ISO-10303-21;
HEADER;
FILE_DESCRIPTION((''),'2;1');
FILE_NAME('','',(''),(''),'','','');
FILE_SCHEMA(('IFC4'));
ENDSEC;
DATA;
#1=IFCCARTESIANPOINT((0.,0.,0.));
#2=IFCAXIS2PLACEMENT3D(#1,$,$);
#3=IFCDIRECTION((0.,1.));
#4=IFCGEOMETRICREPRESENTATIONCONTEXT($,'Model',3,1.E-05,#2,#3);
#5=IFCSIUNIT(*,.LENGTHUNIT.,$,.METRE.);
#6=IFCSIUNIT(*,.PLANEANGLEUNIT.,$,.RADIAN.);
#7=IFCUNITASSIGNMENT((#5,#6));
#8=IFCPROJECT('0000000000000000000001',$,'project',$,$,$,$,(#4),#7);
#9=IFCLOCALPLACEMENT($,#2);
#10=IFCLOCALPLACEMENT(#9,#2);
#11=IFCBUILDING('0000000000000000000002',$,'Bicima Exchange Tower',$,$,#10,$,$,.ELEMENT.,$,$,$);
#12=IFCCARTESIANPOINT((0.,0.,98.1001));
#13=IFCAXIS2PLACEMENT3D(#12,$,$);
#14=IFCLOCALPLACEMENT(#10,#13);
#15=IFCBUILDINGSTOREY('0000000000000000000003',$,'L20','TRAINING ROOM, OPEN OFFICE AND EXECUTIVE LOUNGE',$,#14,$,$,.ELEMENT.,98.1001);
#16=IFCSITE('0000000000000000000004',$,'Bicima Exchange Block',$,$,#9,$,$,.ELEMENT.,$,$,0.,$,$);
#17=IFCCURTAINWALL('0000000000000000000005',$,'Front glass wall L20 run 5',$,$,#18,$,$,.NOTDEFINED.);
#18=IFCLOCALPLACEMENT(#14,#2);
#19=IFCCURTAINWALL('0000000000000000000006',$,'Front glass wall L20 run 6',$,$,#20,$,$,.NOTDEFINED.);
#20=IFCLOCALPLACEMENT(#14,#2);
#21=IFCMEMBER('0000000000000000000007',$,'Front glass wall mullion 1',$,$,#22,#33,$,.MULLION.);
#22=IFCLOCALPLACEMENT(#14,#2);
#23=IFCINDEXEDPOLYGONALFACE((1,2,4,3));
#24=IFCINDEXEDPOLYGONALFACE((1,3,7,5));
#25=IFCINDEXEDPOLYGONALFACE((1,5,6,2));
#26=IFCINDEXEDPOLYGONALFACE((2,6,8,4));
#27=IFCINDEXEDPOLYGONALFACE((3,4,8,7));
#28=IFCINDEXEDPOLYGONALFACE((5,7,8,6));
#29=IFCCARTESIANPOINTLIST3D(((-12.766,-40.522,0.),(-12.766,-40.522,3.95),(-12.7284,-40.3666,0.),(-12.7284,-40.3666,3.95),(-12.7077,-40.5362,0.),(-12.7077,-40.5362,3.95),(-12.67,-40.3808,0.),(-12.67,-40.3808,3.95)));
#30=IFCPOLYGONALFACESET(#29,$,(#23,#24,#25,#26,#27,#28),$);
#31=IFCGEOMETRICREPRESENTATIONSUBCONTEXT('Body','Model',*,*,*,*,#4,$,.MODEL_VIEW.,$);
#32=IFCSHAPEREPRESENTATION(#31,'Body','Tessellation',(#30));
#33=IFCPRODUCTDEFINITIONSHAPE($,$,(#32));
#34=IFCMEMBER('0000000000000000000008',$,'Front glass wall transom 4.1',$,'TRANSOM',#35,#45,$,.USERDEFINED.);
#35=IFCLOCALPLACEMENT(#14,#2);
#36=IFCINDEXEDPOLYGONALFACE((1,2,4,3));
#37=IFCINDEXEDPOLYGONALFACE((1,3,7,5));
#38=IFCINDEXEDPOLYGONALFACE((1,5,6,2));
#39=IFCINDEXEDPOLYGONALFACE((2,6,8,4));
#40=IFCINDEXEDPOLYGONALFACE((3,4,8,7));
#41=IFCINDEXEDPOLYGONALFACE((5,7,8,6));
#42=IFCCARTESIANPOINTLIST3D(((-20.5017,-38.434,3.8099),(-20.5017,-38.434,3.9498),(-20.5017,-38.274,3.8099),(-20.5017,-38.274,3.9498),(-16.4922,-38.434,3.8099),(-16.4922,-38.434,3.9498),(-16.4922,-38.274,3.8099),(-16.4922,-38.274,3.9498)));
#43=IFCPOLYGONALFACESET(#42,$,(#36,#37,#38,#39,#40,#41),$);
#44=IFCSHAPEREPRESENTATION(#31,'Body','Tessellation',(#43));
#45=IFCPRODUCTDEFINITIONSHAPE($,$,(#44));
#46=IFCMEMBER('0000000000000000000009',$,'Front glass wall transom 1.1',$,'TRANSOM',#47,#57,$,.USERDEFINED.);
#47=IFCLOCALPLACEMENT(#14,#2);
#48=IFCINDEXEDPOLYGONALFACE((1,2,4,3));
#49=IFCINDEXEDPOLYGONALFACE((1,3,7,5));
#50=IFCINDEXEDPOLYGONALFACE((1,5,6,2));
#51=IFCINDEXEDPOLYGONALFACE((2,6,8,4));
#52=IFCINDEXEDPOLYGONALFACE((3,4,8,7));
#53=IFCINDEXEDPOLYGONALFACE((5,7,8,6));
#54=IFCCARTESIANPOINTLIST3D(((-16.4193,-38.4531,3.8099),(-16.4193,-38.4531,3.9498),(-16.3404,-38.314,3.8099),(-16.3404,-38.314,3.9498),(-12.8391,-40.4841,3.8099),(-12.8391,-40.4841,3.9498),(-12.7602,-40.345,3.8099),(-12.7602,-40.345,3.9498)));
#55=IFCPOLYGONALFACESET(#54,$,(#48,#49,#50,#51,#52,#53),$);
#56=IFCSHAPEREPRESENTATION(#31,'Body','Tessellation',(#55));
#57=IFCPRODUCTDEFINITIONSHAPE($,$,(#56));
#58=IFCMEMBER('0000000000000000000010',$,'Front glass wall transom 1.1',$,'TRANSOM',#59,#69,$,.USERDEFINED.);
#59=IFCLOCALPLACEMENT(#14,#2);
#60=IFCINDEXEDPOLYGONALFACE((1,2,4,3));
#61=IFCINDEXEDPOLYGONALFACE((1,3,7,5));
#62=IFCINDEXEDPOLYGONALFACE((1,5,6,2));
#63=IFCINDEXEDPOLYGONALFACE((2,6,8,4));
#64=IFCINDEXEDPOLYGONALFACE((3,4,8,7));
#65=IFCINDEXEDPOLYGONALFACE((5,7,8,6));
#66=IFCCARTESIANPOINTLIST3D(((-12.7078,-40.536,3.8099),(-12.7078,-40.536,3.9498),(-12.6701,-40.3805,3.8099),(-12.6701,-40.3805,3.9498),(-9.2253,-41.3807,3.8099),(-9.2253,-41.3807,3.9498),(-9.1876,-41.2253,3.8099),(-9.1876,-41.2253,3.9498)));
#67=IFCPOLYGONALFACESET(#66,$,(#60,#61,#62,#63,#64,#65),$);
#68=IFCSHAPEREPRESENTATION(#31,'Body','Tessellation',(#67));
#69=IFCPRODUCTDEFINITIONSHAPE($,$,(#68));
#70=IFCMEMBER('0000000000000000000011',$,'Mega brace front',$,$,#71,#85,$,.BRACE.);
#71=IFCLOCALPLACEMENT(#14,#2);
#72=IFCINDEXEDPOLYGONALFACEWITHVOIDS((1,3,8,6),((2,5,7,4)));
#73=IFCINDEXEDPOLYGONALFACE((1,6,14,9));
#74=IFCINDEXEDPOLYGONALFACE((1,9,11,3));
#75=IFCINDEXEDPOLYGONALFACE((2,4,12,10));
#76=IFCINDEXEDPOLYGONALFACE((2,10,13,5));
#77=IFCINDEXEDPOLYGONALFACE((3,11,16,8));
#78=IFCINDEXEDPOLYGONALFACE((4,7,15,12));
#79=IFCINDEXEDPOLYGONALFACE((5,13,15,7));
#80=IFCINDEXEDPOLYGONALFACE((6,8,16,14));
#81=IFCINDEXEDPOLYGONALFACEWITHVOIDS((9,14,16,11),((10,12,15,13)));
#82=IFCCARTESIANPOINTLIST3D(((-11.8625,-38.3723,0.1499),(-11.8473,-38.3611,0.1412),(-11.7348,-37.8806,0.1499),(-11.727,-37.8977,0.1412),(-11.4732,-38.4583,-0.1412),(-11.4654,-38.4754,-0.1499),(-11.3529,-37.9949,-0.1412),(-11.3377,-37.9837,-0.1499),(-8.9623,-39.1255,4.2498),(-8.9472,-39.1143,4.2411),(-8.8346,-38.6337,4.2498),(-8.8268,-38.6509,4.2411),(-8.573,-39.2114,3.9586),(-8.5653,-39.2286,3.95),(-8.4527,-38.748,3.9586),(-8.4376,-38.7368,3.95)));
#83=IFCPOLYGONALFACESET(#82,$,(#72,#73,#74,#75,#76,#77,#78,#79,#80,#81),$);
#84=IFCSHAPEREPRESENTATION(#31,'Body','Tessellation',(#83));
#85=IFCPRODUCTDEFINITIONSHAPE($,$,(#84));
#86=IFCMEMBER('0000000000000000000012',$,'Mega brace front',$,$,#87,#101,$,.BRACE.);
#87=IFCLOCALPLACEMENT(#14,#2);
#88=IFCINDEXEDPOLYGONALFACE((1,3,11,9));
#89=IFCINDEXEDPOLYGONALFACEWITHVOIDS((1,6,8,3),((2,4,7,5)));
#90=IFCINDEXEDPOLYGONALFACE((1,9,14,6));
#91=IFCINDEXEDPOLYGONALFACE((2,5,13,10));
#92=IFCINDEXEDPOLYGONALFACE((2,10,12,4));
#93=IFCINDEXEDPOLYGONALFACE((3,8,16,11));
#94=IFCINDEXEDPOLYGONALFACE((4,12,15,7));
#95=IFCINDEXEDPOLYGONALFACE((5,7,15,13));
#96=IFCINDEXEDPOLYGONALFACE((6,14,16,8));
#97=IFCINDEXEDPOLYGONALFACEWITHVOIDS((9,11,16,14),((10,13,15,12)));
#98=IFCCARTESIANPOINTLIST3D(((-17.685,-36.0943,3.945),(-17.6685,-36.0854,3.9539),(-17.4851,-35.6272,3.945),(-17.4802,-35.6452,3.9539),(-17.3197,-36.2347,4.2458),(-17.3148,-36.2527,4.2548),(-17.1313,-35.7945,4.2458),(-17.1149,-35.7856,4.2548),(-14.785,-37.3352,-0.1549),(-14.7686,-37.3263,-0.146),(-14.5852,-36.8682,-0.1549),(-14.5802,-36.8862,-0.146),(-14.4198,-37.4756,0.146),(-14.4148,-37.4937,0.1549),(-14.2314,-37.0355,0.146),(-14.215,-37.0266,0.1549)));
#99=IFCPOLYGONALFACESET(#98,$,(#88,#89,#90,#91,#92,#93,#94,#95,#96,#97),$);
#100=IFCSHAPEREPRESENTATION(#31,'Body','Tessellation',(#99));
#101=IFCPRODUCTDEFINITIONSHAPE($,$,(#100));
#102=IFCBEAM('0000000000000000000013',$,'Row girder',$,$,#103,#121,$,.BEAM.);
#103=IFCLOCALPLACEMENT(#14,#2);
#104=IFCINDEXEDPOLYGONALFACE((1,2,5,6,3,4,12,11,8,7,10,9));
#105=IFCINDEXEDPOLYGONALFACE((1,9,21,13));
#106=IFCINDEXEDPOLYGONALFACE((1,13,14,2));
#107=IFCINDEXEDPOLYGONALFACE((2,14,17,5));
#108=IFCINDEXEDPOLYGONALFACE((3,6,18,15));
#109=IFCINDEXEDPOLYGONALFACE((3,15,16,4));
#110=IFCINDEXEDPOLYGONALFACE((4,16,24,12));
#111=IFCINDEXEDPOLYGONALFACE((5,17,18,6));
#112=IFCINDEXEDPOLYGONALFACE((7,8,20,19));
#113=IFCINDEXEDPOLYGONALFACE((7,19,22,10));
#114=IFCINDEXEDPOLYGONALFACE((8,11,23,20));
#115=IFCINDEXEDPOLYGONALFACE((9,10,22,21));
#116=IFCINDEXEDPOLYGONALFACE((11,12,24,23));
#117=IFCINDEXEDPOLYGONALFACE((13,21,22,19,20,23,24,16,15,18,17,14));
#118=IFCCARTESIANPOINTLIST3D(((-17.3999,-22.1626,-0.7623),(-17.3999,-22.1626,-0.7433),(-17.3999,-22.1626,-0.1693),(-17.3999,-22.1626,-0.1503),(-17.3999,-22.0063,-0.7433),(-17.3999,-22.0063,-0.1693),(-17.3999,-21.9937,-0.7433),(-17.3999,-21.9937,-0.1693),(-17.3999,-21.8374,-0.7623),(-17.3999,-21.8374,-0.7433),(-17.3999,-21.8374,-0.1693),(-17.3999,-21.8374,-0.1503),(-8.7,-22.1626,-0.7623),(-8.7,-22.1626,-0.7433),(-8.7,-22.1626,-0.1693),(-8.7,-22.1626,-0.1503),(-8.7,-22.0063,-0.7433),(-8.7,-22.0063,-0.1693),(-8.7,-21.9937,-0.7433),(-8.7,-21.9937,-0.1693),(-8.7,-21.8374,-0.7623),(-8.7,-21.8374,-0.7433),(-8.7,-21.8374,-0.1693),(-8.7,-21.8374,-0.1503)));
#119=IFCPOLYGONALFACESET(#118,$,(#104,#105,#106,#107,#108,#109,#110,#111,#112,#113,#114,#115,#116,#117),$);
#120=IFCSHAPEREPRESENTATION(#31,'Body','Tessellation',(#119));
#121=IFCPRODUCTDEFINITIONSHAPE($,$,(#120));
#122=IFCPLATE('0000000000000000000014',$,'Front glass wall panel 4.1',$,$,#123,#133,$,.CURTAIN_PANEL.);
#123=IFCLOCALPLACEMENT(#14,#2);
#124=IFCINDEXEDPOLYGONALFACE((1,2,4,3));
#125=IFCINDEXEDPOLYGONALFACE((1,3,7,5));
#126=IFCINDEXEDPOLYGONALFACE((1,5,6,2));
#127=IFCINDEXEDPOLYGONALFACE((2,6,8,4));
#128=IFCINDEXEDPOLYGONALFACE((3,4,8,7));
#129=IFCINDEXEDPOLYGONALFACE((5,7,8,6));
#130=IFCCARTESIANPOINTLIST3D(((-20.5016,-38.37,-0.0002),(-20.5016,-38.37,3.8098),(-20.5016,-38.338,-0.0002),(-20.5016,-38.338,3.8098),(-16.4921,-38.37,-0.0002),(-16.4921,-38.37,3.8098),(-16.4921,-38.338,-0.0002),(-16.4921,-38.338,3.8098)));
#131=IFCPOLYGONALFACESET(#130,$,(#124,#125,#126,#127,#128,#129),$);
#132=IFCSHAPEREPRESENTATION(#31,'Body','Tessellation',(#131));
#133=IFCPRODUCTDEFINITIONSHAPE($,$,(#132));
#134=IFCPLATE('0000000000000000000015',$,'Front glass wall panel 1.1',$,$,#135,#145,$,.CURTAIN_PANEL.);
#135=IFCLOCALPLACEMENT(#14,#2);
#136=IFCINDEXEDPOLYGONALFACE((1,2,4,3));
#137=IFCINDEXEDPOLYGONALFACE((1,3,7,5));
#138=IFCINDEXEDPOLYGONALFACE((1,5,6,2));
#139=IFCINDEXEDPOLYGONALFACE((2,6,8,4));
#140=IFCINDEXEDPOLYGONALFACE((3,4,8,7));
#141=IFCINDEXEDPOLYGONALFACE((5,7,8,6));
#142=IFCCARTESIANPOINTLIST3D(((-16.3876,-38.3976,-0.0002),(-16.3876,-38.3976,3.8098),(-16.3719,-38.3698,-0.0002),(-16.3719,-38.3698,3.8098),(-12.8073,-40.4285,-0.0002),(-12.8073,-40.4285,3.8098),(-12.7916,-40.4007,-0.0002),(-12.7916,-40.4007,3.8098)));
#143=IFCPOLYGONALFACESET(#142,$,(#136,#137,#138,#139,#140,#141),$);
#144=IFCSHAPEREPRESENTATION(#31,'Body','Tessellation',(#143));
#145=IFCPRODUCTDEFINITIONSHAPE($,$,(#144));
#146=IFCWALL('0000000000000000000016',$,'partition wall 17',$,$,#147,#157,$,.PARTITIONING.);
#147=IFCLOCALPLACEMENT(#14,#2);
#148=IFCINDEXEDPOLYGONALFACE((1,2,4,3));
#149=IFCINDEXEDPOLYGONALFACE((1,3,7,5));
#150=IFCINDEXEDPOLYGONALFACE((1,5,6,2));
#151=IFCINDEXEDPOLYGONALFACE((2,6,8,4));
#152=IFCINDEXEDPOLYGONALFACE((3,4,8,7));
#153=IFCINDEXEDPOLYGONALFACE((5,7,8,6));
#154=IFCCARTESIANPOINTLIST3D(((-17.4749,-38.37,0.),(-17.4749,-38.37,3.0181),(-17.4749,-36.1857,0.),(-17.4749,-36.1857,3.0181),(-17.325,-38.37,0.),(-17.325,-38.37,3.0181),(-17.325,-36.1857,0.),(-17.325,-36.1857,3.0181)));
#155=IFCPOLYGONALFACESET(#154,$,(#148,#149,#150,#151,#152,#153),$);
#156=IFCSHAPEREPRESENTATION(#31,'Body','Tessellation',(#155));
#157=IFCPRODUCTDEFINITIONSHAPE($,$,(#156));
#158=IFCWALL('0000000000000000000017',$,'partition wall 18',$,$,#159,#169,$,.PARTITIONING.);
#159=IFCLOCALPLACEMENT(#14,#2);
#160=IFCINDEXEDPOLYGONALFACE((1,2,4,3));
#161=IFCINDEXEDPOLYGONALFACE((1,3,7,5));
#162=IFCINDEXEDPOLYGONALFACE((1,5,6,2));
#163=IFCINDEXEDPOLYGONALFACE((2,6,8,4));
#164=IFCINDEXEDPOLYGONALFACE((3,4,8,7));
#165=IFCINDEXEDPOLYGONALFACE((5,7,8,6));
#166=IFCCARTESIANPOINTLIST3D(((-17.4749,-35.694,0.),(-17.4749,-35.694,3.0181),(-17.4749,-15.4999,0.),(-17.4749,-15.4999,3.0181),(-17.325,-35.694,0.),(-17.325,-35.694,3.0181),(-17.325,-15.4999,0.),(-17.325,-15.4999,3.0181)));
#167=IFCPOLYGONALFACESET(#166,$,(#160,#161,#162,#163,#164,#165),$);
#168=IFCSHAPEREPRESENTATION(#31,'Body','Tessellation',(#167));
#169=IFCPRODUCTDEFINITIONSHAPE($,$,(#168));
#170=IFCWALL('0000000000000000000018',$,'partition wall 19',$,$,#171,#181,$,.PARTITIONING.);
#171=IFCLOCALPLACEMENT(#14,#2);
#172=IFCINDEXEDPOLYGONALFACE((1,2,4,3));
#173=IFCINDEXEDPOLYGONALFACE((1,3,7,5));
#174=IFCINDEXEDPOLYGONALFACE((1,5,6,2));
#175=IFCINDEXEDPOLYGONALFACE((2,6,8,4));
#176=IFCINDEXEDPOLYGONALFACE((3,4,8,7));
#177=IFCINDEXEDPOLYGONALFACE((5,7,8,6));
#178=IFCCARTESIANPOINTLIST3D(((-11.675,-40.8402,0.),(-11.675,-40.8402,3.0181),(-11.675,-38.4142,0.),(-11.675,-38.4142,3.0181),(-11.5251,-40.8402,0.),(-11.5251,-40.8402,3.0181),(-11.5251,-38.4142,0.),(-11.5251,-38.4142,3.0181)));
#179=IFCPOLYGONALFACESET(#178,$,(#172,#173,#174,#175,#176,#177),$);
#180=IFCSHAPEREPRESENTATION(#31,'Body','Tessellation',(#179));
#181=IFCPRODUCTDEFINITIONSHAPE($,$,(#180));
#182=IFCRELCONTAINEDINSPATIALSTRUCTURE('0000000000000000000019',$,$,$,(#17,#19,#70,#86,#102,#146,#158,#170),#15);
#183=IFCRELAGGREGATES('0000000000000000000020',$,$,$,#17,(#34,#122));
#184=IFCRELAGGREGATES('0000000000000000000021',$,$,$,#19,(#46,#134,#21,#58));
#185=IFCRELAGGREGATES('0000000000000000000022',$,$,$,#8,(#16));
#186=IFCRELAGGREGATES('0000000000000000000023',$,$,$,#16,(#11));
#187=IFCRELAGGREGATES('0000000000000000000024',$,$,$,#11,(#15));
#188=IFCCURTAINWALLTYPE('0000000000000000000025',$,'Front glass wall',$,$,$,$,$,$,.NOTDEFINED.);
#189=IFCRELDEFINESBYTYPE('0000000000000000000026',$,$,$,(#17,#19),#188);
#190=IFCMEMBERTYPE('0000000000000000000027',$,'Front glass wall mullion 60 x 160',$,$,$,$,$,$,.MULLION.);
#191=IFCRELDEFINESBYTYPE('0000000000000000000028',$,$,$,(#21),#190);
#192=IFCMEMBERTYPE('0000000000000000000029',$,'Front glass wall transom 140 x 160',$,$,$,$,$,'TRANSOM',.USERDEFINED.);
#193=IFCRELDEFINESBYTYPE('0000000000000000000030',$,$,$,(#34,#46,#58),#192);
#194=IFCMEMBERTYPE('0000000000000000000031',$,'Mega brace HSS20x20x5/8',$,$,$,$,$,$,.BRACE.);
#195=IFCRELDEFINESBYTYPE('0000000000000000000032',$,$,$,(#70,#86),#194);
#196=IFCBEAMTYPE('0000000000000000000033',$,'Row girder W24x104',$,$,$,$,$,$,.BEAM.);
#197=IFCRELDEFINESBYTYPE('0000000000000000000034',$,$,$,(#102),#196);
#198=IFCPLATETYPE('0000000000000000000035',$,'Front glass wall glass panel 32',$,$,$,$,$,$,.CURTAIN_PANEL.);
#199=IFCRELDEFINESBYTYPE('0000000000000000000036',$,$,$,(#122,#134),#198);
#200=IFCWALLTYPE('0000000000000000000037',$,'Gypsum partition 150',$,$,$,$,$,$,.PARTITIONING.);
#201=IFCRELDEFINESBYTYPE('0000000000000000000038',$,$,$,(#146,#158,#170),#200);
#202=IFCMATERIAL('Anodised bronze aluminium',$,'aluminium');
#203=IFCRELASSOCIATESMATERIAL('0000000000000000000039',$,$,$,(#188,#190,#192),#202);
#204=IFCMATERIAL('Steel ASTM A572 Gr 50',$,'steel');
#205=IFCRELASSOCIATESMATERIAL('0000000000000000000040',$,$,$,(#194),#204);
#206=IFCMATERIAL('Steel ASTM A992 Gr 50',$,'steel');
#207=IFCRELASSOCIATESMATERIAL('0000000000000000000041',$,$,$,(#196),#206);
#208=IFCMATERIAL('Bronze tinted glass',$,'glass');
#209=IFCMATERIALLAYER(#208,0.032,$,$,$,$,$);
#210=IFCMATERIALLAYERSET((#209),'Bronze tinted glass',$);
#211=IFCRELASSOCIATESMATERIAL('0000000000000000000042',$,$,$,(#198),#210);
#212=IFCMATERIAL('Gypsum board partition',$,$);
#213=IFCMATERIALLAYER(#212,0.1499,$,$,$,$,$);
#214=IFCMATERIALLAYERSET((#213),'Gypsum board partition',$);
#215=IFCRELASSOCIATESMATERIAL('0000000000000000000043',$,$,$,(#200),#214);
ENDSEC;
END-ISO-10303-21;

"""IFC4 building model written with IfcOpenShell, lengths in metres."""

from ifc_helpers import new_model, si_unit, direction, frame, frame_2d, origin, origin_2d, place, context, subcontext, project, spatial, rectangle, hollow_rectangle, i_section, extrude, material, layer, layer_set, material_profile, profile_set, type_object, element, aggregate, save


model = new_model("IFC4")

# Units and contexts
model_context = context("Model", 3, precision=1e-05, world=origin(), true_north=direction((0.0, 1.0)))
body_context = subcontext(model_context, "Body", "Model", "MODEL_VIEW")
ifc_project = project(units=[si_unit("LENGTHUNIT", "METRE"), si_unit("PLANEANGLEUNIT", "RADIAN")], contexts=[model_context])

# Site, building, storey
site_placement = place(None, origin())
site = spatial("IfcSite", under=ifc_project, at=site_placement, Name="Bicima Exchange Block", CompositionType="ELEMENT", RefElevation=0.0)
building_placement = place(site_placement, origin())
building = spatial("IfcBuilding", under=site, at=building_placement, Name="Bicima Exchange Tower", CompositionType="ELEMENT")
storey_placement = place(building_placement, frame((0.0, 0.0, 98.1001)))
storey = spatial("IfcBuildingStorey", under=building, at=storey_placement, Name="L20", Description="TRAINING ROOM, OPEN OFFICE AND EXECUTIVE LOUNGE", CompositionType="ELEMENT", Elevation=98.1001)

# Shared definitions
ifc_material_1 = material(Name="Steel ASTM A992 Gr 50", Category="steel")

# Curtain walls, member
ifc_material_2 = material(Name="Anodised bronze aluminium", Category="aluminium")
curtain_wall_type = type_object("IfcCurtainWallType", Name="Front glass wall", PredefinedType="NOTDEFINED", material=ifc_material_2)
curtain_wall_1_placement = place(storey_placement, origin())
curtain_wall_1 = element("IfcCurtainWall", 1, at=curtain_wall_1_placement, inside=storey, type_object=curtain_wall_type, Name="Front glass wall L20 run 5", PredefinedType="NOTDEFINED")
ifc_material_profile_1 = material_profile(ifc_material_2, rectangle(XDim=0.1599, YDim=0.0601, at=origin_2d()))
ifc_profile_set_1 = profile_set([ifc_material_profile_1], Name="Anodised bronze aluminium")
member_type_1 = type_object("IfcMemberType", Name="Front glass wall mullion 60 x 160", PredefinedType="MULLION", material=ifc_profile_set_1)
curtain_wall_2_placement = place(storey_placement, origin())
curtain_wall_2 = element("IfcCurtainWall", 2, at=curtain_wall_2_placement, inside=storey, type_object=curtain_wall_type, Name="Front glass wall L20 run 6", PredefinedType="NOTDEFINED")
member_1_placement = place(storey_placement, frame((-12.718, -40.4514, 0.0), z_axis=(0.0, 0.0, 1.0), x_axis=(0.235682, 0.97183, 0.0)))
member_1 = element("IfcMember", 3, at=member_1_placement, type_object=member_type_1, Name="Front glass wall mullion 1", PredefinedType="MULLION", context=body_context, shape_type="SweptSolid", body=[
    extrude(rectangle(XDim=0.1599, YDim=0.0601, at=origin_2d()), origin(), (0.0, 0.0, 1.0), 3.95),
])

# Members
ifc_material_profile_2 = material_profile(ifc_material_2, rectangle(XDim=0.1599, YDim=0.1399, at=origin_2d()))
ifc_profile_set_2 = profile_set([ifc_material_profile_2], Name="Anodised bronze aluminium")
member_type_2 = type_object("IfcMemberType", Name="Front glass wall transom 140 x 160", ElementType="TRANSOM", PredefinedType="USERDEFINED", material=ifc_profile_set_2)
member_2_placement = place(storey_placement, frame((-20.5017, -38.354, 3.8799), z_axis=(1.0, 0.0, 0.0), x_axis=(0.0, 1.0, 0.0)))
member_2 = element("IfcMember", 4, at=member_2_placement, type_object=member_type_2, Name="Front glass wall transom 4.1", ObjectType="TRANSOM", PredefinedType="USERDEFINED", context=body_context, shape_type="SweptSolid", body=[
    extrude(rectangle(XDim=0.1599, YDim=0.1399, at=origin_2d()), origin(), (0.0, 0.0, 1.0), 4.0095),
])
member_3_placement = place(storey_placement, frame((-16.3799, -38.3835, 3.8799), z_axis=(0.869797, -0.493409, 0.0), x_axis=(0.493409, 0.869797, 0.0)))
member_3 = element("IfcMember", 5, at=member_3_placement, type_object=member_type_2, Name="Front glass wall transom 1.1", ObjectType="TRANSOM", PredefinedType="USERDEFINED", context=body_context, shape_type="SweptSolid", body=[
    extrude(rectangle(XDim=0.1599, YDim=0.1399, at=origin_2d()), origin(), (0.0, 0.0, 1.0), 4.1162),
])
member_4_placement = place(storey_placement, frame((-12.689, -40.4583, 3.8799), z_axis=(0.971818, -0.235733, 0.0), x_axis=(0.235733, 0.971818, 0.0)))
member_4 = element("IfcMember", 6, at=member_4_placement, type_object=member_type_2, Name="Front glass wall transom 1.1", ObjectType="TRANSOM", PredefinedType="USERDEFINED", context=body_context, shape_type="SweptSolid", body=[
    extrude(rectangle(XDim=0.1599, YDim=0.1399, at=origin_2d()), origin(), (0.0, 0.0, 1.0), 3.5835),
])

# Members
ifc_material_3 = material(Name="Steel ASTM A572 Gr 50", Category="steel")
ifc_material_profile_3 = material_profile(ifc_material_3, hollow_rectangle(XDim=0.5081, YDim=0.5081, WallThickness=0.0146, at=origin_2d()))
ifc_profile_set_3 = profile_set([ifc_material_profile_3], Name="Steel ASTM A572 Gr 50")
member_type_3 = type_object("IfcMemberType", Name="Mega brace HSS20x20x5/8", PredefinedType="BRACE", material=ifc_profile_set_3)
member_5_placement = place(storey_placement, frame((-11.6001, -38.178, 0.0), z_axis=(0.571111, -0.148319, 0.807363), x_axis=(0.251364, 0.967893, 0.0)))
element("IfcMember", 7, at=member_5_placement, inside=storey, type_object=member_type_3, Name="Mega brace front", PredefinedType="BRACE", context=body_context, shape_type="SweptSolid", body=[
    extrude(hollow_rectangle(XDim=0.5081, YDim=0.5081, WallThickness=0.0146, at=origin_2d()), origin(), (0.0, 0.0, 1.0), 5.0781),
])
member_6_placement = place(storey_placement, frame((-14.5, -37.1809, 0.0), z_axis=(-0.560602, 0.239901, 0.792574), x_axis=(-0.393424, -0.919357, 0.0)))
element("IfcMember", 8, at=member_6_placement, inside=storey, type_object=member_type_3, Name="Mega brace front", PredefinedType="BRACE", context=body_context, shape_type="SweptSolid", body=[
    extrude(hollow_rectangle(XDim=0.5081, YDim=0.5081, WallThickness=0.0146, at=origin_2d()), origin(), (0.0, 0.0, 1.0), 5.1729),
])

# Beam
ifc_material_profile_4 = material_profile(ifc_material_1, i_section(OverallWidth=0.3252, OverallDepth=0.6121, WebThickness=0.0127, FlangeThickness=0.019, at=origin_2d()))
ifc_profile_set_4 = profile_set([ifc_material_profile_4], Name="Steel ASTM A992 Gr 50")
beam_type_1 = type_object("IfcBeamType", Name="Row girder W24x104", PredefinedType="BEAM", material=ifc_profile_set_4)
beam_1_placement = place(storey_placement, frame((-17.3999, -22.0, -0.4563), z_axis=(1.0, 0.0, 0.0), x_axis=(0.0, 1.0, 0.0)))
element("IfcBeam", 9, at=beam_1_placement, inside=storey, type_object=beam_type_1, Name="Row girder", PredefinedType="BEAM", context=body_context, shape_type="SweptSolid", body=[
    extrude(i_section(OverallWidth=0.3252, OverallDepth=0.6121, WebThickness=0.0127, FlangeThickness=0.019, at=origin_2d()), origin(), (0.0, 0.0, 1.0), 8.7),
])

# Plates
ifc_material_4 = material(Name="Bronze tinted glass", Category="glass")
ifc_layer_1 = layer(ifc_material_4, 0.032)
ifc_layer_set_1 = layer_set([ifc_layer_1], Name="Bronze tinted glass")
plate_type = type_object("IfcPlateType", Name="Front glass wall glass panel 32", PredefinedType="CURTAIN_PANEL", material=ifc_layer_set_1)
plate_1_placement = place(storey_placement, frame((-18.4968, -38.354, -0.0002), z_axis=(0.0, 0.0, 1.0), x_axis=(1.0, 0.0, 0.0)))
plate_1 = element("IfcPlate", 10, at=plate_1_placement, type_object=plate_type, Name="Front glass wall panel 4.1", PredefinedType="CURTAIN_PANEL", context=body_context, shape_type="SweptSolid", body=[
    extrude(rectangle(XDim=4.0095, YDim=0.032, at=origin_2d()), origin(), (0.0, 0.0, 1.0), 3.8101),
])
aggregate(curtain_wall_1, [member_2, plate_1])
plate_2_placement = place(storey_placement, frame((-14.5896, -39.3992, -0.0002), z_axis=(0.0, 0.0, 1.0), x_axis=(0.869805, -0.493395, 0.0)))
plate_2 = element("IfcPlate", 11, at=plate_2_placement, type_object=plate_type, Name="Front glass wall panel 1.1", PredefinedType="CURTAIN_PANEL", context=body_context, shape_type="SweptSolid", body=[
    extrude(rectangle(XDim=4.1162, YDim=0.032, at=origin_2d()), origin(), (0.0, 0.0, 1.0), 3.8101),
])
aggregate(curtain_wall_2, [member_3, plate_2, member_1, member_4])

# Walls
ifc_material_5 = material(Name="Gypsum board partition")
ifc_layer_2 = layer(ifc_material_5, 0.1499)
ifc_layer_set_2 = layer_set([ifc_layer_2], Name="Gypsum board partition")
wall_type = type_object("IfcWallType", Name="Gypsum partition 150", PredefinedType="PARTITIONING", material=ifc_layer_set_2)
wall_1_placement = place(storey_placement, frame((-17.3999, -38.3701, 0.0), z_axis=(0.0, 0.0, 1.0), x_axis=(0.0, 1.0, 0.0)))
element("IfcWall", 12, at=wall_1_placement, inside=storey, type_object=wall_type, Name="partition wall 17", PredefinedType="PARTITIONING", context=body_context, shape_type="SweptSolid", body=[
    extrude(rectangle(XDim=2.1843, YDim=0.1499, at=frame_2d((1.0923, 0.0))), origin(), (0.0, 0.0, 1.0), 3.0181),
])
wall_2_placement = place(storey_placement, frame((-17.3999, -35.6941, 0.0), z_axis=(0.0, 0.0, 1.0), x_axis=(0.0, 1.0, 0.0)))
element("IfcWall", 13, at=wall_2_placement, inside=storey, type_object=wall_type, Name="partition wall 18", PredefinedType="PARTITIONING", context=body_context, shape_type="SweptSolid", body=[
    extrude(rectangle(XDim=20.1941, YDim=0.1499, at=frame_2d((10.0972, 0.0))), origin(), (0.0, 0.0, 1.0), 3.0181),
])
wall_3_placement = place(storey_placement, frame((-11.6001, -40.8401, 0.0), z_axis=(0.0, 0.0, 1.0), x_axis=(0.0, 1.0, 0.0)))
element("IfcWall", 14, at=wall_3_placement, inside=storey, type_object=wall_type, Name="partition wall 19", PredefinedType="PARTITIONING", context=body_context, shape_type="SweptSolid", body=[
    extrude(rectangle(XDim=2.426, YDim=0.1499, at=frame_2d((1.2129, 0.0))), origin(), (0.0, 0.0, 1.0), 3.0181),
])

save(model, "model.ifc")
